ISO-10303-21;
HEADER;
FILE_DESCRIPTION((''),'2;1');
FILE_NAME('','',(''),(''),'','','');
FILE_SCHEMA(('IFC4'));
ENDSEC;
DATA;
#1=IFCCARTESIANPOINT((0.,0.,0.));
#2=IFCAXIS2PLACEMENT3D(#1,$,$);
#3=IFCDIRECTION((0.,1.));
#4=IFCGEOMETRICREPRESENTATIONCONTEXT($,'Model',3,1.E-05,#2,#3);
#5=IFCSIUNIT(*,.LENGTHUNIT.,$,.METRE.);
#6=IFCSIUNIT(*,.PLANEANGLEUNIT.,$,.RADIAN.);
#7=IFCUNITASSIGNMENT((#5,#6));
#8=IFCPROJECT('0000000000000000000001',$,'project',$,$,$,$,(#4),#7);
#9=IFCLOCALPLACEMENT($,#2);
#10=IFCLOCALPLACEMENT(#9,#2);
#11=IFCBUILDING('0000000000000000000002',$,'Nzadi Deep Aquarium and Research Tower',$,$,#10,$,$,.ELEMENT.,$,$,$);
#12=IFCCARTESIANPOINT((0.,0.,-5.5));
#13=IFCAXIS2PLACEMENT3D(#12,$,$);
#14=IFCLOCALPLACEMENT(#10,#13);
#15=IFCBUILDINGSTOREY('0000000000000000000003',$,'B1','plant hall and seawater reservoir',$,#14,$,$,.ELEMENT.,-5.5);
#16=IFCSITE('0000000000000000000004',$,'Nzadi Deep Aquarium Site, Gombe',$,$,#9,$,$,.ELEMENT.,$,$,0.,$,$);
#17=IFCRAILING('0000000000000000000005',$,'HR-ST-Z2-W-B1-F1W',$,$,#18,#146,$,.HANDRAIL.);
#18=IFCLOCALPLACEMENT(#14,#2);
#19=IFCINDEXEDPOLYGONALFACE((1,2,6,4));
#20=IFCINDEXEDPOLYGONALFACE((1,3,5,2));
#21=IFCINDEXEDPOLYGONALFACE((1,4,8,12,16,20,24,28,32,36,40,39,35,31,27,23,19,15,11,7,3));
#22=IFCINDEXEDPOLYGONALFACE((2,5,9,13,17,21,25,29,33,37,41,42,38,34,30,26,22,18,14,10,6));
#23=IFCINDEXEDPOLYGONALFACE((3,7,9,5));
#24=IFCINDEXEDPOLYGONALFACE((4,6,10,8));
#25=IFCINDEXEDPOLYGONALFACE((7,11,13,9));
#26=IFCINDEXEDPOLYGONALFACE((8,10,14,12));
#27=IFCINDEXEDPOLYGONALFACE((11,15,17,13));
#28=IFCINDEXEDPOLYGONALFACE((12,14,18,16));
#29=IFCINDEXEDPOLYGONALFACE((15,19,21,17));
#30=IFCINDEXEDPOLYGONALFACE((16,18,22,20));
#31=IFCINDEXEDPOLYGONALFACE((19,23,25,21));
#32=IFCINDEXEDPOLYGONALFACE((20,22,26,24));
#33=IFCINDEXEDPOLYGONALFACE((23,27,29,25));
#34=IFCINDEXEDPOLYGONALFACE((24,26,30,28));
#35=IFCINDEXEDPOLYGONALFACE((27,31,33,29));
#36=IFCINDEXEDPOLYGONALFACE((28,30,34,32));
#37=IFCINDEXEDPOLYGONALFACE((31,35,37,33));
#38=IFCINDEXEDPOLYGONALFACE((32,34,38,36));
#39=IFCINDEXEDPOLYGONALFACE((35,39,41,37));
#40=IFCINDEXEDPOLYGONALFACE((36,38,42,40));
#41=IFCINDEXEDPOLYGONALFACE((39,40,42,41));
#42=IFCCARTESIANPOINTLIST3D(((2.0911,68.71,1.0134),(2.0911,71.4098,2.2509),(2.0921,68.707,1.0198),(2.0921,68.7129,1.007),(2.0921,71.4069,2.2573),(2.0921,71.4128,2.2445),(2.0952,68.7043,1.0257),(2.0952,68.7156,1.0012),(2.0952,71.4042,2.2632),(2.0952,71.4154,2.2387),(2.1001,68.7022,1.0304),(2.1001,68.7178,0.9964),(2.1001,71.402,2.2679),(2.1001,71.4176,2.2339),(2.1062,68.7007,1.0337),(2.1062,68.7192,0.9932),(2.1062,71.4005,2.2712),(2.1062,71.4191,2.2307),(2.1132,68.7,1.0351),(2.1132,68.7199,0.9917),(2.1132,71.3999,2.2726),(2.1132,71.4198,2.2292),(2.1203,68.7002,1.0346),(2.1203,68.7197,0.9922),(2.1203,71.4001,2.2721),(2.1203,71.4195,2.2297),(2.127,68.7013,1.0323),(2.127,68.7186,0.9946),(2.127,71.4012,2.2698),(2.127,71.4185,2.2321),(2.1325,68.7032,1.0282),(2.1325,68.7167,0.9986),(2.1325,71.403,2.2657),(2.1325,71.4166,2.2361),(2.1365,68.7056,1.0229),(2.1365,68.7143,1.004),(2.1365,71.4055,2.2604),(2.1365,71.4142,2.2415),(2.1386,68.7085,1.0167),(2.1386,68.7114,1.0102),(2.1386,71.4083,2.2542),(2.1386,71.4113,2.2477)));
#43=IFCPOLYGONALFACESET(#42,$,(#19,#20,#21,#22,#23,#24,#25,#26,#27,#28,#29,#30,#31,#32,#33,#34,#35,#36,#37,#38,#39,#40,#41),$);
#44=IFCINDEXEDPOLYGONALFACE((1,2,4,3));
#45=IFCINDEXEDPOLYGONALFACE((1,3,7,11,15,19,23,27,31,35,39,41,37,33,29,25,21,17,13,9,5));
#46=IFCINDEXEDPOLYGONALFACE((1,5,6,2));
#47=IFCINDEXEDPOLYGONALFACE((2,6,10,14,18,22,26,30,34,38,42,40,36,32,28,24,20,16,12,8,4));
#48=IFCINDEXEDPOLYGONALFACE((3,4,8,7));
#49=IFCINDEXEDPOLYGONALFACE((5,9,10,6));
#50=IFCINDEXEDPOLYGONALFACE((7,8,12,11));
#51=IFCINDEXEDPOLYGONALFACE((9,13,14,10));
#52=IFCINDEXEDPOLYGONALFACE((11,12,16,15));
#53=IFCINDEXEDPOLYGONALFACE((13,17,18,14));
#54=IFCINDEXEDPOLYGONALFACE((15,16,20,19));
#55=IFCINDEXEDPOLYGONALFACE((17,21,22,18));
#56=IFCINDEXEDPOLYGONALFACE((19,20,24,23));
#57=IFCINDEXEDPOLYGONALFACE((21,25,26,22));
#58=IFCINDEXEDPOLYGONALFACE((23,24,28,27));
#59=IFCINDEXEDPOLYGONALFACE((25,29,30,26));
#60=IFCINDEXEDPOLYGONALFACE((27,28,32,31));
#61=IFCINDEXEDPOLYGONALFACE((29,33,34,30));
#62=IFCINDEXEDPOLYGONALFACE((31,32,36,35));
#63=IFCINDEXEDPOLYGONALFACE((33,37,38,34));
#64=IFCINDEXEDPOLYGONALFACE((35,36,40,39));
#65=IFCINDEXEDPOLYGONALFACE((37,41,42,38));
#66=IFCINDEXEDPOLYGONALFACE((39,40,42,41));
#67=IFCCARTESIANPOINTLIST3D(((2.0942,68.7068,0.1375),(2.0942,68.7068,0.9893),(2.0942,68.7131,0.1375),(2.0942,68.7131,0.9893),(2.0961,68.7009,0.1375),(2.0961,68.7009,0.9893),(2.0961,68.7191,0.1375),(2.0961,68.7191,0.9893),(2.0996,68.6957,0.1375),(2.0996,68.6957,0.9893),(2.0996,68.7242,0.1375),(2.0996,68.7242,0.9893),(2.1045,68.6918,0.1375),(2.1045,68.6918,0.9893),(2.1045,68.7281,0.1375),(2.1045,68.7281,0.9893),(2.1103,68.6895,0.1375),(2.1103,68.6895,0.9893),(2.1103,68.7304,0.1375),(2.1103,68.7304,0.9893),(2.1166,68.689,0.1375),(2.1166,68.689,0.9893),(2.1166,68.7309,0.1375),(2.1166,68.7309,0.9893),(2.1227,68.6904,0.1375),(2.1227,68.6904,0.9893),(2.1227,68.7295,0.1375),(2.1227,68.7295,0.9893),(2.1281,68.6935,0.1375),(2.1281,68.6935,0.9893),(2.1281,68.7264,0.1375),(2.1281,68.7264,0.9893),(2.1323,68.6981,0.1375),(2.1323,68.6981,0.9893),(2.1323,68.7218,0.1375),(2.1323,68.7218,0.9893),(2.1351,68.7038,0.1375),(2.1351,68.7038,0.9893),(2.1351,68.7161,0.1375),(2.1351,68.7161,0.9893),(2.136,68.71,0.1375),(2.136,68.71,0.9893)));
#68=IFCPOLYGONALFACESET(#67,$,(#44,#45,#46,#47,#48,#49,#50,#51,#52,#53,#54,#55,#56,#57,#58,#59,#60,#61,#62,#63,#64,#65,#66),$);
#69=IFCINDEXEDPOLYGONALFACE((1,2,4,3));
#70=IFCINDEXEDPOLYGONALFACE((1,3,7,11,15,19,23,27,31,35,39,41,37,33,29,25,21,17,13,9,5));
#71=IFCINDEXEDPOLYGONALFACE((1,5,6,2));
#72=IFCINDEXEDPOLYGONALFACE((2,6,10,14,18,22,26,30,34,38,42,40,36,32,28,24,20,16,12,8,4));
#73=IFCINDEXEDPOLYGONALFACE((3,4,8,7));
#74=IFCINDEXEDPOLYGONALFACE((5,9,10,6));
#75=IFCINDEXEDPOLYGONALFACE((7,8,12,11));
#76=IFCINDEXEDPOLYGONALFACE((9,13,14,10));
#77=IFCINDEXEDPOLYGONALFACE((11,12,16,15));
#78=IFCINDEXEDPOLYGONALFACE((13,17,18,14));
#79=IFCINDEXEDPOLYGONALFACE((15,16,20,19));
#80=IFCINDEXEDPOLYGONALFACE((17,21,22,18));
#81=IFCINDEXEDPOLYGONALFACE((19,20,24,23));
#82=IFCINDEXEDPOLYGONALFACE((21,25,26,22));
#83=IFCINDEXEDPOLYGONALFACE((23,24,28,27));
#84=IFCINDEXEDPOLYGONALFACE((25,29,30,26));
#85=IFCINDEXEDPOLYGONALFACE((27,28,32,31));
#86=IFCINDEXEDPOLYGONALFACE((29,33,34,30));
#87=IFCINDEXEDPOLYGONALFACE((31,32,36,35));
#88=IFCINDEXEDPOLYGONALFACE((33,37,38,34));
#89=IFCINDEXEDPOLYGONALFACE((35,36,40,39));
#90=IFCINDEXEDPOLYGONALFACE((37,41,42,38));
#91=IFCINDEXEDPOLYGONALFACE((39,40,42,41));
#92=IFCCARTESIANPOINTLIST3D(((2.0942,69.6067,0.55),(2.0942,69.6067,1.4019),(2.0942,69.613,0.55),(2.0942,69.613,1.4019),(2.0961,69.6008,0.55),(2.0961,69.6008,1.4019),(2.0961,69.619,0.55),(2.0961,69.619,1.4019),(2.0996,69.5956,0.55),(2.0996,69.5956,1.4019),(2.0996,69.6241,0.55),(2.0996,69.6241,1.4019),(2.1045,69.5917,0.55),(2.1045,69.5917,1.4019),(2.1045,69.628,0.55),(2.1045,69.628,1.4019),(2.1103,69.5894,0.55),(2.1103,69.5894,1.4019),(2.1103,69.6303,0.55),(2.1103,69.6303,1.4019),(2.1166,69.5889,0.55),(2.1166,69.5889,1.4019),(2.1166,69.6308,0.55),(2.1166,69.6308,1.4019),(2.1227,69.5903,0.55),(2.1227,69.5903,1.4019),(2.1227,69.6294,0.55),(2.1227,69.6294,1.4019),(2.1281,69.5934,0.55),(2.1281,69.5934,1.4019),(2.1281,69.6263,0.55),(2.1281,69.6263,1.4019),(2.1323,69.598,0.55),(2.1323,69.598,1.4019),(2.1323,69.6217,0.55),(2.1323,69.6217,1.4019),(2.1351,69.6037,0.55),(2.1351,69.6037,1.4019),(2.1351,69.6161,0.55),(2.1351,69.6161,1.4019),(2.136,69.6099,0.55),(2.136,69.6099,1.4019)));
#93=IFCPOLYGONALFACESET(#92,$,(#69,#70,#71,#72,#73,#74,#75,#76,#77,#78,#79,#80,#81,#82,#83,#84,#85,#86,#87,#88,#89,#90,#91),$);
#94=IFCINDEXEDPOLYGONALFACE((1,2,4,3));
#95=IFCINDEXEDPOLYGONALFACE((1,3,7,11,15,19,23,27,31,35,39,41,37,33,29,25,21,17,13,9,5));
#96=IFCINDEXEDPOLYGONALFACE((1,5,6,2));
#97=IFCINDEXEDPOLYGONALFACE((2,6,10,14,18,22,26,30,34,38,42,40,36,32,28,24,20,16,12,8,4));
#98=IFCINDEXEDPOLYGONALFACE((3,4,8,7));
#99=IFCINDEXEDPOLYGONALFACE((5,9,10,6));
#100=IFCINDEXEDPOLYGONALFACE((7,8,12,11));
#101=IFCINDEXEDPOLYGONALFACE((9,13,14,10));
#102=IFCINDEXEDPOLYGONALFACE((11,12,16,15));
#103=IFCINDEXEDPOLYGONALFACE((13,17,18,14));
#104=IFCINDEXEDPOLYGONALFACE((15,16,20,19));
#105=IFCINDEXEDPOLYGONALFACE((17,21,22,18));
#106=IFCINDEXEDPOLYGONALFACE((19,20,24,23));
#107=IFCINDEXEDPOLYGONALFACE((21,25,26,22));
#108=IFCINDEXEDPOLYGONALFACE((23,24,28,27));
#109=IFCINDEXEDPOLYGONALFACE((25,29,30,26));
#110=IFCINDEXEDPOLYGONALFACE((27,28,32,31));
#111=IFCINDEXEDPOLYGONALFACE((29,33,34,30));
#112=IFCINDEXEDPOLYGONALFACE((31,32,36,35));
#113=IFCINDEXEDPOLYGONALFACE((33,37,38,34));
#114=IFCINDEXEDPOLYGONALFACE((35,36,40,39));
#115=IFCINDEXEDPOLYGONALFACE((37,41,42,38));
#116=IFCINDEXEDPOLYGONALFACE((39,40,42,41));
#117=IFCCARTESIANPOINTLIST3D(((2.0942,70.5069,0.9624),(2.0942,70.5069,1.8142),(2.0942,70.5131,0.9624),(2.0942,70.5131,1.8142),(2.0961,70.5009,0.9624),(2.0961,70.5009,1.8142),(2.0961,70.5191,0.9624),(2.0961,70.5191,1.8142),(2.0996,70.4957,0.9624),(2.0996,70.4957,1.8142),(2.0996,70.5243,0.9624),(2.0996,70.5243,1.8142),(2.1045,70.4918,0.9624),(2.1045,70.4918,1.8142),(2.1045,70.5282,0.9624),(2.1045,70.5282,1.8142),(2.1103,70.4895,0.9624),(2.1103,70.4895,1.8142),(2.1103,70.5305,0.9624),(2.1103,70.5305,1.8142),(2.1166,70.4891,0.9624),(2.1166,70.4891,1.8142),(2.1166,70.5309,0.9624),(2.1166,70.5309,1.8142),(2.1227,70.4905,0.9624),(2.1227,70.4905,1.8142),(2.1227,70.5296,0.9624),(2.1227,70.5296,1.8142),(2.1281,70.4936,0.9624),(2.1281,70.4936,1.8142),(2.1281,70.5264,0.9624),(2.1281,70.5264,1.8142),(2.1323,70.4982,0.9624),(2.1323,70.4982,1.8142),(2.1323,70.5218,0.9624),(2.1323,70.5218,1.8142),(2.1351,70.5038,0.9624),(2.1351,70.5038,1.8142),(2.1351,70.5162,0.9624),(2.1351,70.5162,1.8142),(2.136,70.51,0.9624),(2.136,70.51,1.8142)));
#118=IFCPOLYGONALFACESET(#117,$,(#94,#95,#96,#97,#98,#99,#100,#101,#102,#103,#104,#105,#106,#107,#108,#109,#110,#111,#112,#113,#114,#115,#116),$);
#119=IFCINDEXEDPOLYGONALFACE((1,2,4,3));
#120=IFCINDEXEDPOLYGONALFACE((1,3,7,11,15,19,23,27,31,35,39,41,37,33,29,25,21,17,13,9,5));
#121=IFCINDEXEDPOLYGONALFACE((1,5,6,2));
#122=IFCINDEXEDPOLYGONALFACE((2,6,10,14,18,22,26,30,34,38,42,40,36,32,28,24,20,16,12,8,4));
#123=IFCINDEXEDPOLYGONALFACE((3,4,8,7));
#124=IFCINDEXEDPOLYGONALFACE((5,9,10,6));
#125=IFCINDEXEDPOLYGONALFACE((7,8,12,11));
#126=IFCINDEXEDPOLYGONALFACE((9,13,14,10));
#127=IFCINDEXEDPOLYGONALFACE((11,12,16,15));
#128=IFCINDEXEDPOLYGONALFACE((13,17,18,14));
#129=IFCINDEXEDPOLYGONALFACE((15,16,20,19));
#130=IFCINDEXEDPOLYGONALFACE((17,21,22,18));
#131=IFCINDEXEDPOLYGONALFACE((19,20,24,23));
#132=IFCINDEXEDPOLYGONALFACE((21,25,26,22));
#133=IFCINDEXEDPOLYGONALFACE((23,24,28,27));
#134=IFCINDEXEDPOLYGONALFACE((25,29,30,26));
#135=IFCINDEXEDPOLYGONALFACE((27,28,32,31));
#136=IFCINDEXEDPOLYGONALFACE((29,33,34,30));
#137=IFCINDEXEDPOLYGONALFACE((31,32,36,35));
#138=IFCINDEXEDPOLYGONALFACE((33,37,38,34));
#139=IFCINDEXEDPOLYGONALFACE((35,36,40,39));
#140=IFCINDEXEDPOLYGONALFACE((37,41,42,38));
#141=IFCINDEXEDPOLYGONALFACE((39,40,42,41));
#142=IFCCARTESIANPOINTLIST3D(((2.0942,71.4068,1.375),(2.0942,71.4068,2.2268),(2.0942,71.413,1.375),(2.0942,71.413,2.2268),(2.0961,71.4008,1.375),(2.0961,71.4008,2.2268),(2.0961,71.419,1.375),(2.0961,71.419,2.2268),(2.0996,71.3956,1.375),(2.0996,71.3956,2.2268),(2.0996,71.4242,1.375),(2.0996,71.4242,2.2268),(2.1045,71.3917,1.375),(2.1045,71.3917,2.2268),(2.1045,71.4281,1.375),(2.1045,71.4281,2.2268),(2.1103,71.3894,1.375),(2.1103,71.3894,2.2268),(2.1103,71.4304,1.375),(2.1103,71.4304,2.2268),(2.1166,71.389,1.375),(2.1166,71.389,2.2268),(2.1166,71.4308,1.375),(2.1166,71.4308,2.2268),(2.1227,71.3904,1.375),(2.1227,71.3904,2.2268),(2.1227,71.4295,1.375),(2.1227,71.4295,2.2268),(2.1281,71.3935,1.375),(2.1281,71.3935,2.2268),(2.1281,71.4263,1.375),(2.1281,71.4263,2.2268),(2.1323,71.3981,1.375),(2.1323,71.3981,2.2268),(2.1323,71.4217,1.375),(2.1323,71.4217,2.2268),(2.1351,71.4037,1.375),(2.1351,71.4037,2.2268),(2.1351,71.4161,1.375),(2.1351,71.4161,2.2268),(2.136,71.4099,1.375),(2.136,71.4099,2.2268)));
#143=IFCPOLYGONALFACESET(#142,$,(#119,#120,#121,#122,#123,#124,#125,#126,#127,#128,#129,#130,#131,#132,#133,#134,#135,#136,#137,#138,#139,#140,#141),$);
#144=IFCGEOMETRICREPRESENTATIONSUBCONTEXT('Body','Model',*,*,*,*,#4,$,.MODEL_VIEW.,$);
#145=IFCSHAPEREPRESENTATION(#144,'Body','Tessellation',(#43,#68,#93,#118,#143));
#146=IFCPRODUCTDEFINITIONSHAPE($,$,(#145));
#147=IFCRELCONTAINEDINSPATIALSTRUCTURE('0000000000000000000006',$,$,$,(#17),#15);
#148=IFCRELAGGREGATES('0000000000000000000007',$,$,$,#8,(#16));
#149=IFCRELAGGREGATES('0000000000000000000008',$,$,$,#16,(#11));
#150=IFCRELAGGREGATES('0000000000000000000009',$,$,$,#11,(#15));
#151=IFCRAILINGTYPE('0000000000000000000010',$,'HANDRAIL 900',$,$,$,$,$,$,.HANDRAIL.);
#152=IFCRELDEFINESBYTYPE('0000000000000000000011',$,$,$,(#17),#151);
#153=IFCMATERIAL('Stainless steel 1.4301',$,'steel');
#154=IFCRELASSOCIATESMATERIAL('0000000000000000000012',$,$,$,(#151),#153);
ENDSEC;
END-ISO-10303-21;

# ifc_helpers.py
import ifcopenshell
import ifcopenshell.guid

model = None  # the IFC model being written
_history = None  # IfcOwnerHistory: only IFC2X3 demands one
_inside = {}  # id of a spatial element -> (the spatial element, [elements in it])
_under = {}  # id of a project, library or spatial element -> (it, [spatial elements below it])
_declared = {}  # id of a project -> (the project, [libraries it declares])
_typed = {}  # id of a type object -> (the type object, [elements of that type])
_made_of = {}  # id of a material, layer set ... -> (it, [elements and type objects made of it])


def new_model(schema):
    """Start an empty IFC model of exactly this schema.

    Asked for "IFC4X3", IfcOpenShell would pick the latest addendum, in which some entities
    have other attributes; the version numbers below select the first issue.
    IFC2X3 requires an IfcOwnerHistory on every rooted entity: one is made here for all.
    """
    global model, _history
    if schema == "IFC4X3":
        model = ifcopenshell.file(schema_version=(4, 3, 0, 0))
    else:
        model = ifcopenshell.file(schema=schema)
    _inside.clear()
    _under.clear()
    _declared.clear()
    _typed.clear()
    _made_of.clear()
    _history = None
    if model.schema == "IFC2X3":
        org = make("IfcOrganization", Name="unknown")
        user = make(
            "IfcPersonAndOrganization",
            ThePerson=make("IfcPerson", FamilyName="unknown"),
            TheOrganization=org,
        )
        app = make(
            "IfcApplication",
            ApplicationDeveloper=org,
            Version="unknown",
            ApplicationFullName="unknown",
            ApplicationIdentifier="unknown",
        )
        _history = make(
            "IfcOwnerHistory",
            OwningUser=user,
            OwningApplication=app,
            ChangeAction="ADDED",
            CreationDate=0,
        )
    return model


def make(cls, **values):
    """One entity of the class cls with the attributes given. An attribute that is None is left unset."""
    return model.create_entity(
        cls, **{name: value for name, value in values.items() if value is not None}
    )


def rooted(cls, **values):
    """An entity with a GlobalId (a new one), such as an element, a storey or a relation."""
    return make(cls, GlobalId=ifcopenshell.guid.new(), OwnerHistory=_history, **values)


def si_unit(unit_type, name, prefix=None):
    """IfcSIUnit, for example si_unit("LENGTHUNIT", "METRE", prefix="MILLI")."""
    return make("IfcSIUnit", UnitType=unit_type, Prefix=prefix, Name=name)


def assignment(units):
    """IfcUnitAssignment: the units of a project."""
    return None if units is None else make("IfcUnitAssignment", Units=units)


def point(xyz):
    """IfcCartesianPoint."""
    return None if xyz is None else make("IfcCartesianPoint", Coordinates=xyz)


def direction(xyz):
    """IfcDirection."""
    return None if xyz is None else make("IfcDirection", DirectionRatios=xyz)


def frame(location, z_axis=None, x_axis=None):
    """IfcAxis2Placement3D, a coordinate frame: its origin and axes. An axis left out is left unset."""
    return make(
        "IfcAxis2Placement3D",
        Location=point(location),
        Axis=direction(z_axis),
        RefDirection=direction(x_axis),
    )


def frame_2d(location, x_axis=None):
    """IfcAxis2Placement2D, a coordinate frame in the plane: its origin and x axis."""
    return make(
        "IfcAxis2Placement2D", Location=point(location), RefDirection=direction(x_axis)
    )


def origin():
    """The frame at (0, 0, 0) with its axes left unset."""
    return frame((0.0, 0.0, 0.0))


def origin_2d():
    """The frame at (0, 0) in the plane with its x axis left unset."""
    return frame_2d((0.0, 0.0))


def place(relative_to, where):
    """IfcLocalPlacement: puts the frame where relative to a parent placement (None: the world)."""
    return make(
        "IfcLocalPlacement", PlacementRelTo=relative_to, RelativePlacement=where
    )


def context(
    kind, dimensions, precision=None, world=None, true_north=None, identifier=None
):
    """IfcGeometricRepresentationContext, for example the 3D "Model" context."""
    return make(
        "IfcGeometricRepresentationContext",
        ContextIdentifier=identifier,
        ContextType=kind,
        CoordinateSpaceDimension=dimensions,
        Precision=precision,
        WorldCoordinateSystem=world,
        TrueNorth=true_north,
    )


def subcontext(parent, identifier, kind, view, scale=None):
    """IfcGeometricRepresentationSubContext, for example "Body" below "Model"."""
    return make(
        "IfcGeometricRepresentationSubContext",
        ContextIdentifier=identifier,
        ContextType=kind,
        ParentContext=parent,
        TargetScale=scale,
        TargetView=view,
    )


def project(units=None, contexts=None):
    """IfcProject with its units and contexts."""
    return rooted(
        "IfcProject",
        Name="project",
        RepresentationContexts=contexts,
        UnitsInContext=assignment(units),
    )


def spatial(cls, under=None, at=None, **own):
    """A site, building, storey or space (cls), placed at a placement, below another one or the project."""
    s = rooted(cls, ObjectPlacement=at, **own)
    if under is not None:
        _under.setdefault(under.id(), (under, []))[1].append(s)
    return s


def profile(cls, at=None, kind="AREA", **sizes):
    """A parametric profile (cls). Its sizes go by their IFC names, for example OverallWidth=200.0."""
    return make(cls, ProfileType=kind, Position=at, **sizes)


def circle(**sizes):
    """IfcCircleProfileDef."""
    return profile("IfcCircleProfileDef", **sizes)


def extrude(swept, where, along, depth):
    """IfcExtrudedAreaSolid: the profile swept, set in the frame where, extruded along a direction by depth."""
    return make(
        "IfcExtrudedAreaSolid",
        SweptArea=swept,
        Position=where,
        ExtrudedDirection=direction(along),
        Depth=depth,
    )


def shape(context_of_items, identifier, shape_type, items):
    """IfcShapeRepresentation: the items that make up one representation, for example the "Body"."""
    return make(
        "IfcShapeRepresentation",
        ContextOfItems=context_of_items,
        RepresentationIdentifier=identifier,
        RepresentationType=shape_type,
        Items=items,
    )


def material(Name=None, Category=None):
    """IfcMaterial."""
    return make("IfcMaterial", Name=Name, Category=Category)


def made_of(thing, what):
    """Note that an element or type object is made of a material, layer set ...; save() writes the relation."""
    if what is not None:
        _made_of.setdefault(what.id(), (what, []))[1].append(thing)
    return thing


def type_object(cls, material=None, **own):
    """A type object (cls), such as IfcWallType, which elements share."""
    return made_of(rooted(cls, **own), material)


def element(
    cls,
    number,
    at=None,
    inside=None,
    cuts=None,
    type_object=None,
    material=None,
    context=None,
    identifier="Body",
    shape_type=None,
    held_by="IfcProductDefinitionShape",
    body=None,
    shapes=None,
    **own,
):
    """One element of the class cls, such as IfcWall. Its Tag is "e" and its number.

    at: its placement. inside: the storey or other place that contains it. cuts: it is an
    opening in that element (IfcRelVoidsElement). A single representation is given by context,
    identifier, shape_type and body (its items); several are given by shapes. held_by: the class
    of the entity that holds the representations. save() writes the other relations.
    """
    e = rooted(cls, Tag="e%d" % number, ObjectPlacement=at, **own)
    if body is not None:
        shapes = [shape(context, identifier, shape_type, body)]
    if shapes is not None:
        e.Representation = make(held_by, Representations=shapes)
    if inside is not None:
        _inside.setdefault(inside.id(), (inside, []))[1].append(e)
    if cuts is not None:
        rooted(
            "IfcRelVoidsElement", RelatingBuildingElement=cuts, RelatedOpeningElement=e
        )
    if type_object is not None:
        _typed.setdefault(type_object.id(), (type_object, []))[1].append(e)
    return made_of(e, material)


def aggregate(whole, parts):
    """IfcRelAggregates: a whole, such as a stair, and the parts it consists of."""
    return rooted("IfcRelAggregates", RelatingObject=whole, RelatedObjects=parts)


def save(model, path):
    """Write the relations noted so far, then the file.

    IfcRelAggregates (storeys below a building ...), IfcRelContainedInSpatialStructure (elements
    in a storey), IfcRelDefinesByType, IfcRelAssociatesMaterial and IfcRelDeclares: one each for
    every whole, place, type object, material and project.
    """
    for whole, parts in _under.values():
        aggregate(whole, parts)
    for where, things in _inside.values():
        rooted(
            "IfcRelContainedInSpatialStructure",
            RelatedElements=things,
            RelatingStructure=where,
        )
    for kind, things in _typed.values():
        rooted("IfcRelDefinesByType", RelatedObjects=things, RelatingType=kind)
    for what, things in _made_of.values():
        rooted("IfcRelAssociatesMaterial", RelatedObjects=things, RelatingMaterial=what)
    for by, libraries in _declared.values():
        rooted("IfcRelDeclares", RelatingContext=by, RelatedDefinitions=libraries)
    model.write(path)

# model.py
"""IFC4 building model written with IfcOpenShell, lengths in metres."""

from ifc_helpers import new_model, si_unit, direction, frame, origin, origin_2d, place, context, subcontext, project, spatial, circle, extrude, material, type_object, element, save


model = new_model("IFC4")

# Units and contexts
model_context = context("Model", 3, precision=1e-05, world=origin(), true_north=direction((0.0, 1.0)))
body_context = subcontext(model_context, "Body", "Model", "MODEL_VIEW")
ifc_project = project(units=[si_unit("LENGTHUNIT", "METRE"), si_unit("PLANEANGLEUNIT", "RADIAN")], contexts=[model_context])

# Site, building, storey
site_placement = place(None, origin())
site = spatial("IfcSite", under=ifc_project, at=site_placement, Name="Nzadi Deep Aquarium Site, Gombe", CompositionType="ELEMENT", RefElevation=0.0)
building_placement = place(site_placement, origin())
building = spatial("IfcBuilding", under=site, at=building_placement, Name="Nzadi Deep Aquarium and Research Tower", CompositionType="ELEMENT")
storey_placement = place(building_placement, frame((0.0, 0.0, -5.5)))
storey = spatial("IfcBuildingStorey", under=building, at=storey_placement, Name="B1", Description="plant hall and seawater reservoir", CompositionType="ELEMENT", Elevation=-5.5)

# Railing
ifc_material_1 = material(Name="Stainless steel 1.4301", Category="steel")
railing_type = type_object("IfcRailingType", Name="HANDRAIL 900", PredefinedType="HANDRAIL", material=ifc_material_1)
for number, where, name in (
    (1, (2.115, 68.71, 0.1375), "HR-ST-Z2-W-B1-F1W"),
):
    element("IfcRailing", number, at=place(storey_placement, frame(where)), inside=storey, type_object=railing_type, Name=name, PredefinedType="HANDRAIL", context=body_context, shape_type="SweptSolid", body=[
        extrude(circle(Radius=0.0239, at=origin_2d()), frame((0.0, 0.0, 0.876), z_axis=(0.0, 0.909056, 0.416675), x_axis=(-1.0, 0.0, 0.0)), (0.0, 0.0, 1.0), 2.97),
        extrude(circle(Radius=0.021, at=origin_2d()), origin(), (0.0, 0.0, 1.0), 0.8518),
        extrude(circle(Radius=0.021, at=origin_2d()), frame((0.0, 0.8999, 0.4126)), (0.0, 0.0, 1.0), 0.8518),
        extrude(circle(Radius=0.021, at=origin_2d()), frame((0.0, 1.8, 0.825)), (0.0, 0.0, 1.0), 0.8518),
        extrude(circle(Radius=0.021, at=origin_2d()), frame((0.0, 2.7, 1.2375)), (0.0, 0.0, 1.0), 0.8518),
    ])

save(model, "model.ifc")
